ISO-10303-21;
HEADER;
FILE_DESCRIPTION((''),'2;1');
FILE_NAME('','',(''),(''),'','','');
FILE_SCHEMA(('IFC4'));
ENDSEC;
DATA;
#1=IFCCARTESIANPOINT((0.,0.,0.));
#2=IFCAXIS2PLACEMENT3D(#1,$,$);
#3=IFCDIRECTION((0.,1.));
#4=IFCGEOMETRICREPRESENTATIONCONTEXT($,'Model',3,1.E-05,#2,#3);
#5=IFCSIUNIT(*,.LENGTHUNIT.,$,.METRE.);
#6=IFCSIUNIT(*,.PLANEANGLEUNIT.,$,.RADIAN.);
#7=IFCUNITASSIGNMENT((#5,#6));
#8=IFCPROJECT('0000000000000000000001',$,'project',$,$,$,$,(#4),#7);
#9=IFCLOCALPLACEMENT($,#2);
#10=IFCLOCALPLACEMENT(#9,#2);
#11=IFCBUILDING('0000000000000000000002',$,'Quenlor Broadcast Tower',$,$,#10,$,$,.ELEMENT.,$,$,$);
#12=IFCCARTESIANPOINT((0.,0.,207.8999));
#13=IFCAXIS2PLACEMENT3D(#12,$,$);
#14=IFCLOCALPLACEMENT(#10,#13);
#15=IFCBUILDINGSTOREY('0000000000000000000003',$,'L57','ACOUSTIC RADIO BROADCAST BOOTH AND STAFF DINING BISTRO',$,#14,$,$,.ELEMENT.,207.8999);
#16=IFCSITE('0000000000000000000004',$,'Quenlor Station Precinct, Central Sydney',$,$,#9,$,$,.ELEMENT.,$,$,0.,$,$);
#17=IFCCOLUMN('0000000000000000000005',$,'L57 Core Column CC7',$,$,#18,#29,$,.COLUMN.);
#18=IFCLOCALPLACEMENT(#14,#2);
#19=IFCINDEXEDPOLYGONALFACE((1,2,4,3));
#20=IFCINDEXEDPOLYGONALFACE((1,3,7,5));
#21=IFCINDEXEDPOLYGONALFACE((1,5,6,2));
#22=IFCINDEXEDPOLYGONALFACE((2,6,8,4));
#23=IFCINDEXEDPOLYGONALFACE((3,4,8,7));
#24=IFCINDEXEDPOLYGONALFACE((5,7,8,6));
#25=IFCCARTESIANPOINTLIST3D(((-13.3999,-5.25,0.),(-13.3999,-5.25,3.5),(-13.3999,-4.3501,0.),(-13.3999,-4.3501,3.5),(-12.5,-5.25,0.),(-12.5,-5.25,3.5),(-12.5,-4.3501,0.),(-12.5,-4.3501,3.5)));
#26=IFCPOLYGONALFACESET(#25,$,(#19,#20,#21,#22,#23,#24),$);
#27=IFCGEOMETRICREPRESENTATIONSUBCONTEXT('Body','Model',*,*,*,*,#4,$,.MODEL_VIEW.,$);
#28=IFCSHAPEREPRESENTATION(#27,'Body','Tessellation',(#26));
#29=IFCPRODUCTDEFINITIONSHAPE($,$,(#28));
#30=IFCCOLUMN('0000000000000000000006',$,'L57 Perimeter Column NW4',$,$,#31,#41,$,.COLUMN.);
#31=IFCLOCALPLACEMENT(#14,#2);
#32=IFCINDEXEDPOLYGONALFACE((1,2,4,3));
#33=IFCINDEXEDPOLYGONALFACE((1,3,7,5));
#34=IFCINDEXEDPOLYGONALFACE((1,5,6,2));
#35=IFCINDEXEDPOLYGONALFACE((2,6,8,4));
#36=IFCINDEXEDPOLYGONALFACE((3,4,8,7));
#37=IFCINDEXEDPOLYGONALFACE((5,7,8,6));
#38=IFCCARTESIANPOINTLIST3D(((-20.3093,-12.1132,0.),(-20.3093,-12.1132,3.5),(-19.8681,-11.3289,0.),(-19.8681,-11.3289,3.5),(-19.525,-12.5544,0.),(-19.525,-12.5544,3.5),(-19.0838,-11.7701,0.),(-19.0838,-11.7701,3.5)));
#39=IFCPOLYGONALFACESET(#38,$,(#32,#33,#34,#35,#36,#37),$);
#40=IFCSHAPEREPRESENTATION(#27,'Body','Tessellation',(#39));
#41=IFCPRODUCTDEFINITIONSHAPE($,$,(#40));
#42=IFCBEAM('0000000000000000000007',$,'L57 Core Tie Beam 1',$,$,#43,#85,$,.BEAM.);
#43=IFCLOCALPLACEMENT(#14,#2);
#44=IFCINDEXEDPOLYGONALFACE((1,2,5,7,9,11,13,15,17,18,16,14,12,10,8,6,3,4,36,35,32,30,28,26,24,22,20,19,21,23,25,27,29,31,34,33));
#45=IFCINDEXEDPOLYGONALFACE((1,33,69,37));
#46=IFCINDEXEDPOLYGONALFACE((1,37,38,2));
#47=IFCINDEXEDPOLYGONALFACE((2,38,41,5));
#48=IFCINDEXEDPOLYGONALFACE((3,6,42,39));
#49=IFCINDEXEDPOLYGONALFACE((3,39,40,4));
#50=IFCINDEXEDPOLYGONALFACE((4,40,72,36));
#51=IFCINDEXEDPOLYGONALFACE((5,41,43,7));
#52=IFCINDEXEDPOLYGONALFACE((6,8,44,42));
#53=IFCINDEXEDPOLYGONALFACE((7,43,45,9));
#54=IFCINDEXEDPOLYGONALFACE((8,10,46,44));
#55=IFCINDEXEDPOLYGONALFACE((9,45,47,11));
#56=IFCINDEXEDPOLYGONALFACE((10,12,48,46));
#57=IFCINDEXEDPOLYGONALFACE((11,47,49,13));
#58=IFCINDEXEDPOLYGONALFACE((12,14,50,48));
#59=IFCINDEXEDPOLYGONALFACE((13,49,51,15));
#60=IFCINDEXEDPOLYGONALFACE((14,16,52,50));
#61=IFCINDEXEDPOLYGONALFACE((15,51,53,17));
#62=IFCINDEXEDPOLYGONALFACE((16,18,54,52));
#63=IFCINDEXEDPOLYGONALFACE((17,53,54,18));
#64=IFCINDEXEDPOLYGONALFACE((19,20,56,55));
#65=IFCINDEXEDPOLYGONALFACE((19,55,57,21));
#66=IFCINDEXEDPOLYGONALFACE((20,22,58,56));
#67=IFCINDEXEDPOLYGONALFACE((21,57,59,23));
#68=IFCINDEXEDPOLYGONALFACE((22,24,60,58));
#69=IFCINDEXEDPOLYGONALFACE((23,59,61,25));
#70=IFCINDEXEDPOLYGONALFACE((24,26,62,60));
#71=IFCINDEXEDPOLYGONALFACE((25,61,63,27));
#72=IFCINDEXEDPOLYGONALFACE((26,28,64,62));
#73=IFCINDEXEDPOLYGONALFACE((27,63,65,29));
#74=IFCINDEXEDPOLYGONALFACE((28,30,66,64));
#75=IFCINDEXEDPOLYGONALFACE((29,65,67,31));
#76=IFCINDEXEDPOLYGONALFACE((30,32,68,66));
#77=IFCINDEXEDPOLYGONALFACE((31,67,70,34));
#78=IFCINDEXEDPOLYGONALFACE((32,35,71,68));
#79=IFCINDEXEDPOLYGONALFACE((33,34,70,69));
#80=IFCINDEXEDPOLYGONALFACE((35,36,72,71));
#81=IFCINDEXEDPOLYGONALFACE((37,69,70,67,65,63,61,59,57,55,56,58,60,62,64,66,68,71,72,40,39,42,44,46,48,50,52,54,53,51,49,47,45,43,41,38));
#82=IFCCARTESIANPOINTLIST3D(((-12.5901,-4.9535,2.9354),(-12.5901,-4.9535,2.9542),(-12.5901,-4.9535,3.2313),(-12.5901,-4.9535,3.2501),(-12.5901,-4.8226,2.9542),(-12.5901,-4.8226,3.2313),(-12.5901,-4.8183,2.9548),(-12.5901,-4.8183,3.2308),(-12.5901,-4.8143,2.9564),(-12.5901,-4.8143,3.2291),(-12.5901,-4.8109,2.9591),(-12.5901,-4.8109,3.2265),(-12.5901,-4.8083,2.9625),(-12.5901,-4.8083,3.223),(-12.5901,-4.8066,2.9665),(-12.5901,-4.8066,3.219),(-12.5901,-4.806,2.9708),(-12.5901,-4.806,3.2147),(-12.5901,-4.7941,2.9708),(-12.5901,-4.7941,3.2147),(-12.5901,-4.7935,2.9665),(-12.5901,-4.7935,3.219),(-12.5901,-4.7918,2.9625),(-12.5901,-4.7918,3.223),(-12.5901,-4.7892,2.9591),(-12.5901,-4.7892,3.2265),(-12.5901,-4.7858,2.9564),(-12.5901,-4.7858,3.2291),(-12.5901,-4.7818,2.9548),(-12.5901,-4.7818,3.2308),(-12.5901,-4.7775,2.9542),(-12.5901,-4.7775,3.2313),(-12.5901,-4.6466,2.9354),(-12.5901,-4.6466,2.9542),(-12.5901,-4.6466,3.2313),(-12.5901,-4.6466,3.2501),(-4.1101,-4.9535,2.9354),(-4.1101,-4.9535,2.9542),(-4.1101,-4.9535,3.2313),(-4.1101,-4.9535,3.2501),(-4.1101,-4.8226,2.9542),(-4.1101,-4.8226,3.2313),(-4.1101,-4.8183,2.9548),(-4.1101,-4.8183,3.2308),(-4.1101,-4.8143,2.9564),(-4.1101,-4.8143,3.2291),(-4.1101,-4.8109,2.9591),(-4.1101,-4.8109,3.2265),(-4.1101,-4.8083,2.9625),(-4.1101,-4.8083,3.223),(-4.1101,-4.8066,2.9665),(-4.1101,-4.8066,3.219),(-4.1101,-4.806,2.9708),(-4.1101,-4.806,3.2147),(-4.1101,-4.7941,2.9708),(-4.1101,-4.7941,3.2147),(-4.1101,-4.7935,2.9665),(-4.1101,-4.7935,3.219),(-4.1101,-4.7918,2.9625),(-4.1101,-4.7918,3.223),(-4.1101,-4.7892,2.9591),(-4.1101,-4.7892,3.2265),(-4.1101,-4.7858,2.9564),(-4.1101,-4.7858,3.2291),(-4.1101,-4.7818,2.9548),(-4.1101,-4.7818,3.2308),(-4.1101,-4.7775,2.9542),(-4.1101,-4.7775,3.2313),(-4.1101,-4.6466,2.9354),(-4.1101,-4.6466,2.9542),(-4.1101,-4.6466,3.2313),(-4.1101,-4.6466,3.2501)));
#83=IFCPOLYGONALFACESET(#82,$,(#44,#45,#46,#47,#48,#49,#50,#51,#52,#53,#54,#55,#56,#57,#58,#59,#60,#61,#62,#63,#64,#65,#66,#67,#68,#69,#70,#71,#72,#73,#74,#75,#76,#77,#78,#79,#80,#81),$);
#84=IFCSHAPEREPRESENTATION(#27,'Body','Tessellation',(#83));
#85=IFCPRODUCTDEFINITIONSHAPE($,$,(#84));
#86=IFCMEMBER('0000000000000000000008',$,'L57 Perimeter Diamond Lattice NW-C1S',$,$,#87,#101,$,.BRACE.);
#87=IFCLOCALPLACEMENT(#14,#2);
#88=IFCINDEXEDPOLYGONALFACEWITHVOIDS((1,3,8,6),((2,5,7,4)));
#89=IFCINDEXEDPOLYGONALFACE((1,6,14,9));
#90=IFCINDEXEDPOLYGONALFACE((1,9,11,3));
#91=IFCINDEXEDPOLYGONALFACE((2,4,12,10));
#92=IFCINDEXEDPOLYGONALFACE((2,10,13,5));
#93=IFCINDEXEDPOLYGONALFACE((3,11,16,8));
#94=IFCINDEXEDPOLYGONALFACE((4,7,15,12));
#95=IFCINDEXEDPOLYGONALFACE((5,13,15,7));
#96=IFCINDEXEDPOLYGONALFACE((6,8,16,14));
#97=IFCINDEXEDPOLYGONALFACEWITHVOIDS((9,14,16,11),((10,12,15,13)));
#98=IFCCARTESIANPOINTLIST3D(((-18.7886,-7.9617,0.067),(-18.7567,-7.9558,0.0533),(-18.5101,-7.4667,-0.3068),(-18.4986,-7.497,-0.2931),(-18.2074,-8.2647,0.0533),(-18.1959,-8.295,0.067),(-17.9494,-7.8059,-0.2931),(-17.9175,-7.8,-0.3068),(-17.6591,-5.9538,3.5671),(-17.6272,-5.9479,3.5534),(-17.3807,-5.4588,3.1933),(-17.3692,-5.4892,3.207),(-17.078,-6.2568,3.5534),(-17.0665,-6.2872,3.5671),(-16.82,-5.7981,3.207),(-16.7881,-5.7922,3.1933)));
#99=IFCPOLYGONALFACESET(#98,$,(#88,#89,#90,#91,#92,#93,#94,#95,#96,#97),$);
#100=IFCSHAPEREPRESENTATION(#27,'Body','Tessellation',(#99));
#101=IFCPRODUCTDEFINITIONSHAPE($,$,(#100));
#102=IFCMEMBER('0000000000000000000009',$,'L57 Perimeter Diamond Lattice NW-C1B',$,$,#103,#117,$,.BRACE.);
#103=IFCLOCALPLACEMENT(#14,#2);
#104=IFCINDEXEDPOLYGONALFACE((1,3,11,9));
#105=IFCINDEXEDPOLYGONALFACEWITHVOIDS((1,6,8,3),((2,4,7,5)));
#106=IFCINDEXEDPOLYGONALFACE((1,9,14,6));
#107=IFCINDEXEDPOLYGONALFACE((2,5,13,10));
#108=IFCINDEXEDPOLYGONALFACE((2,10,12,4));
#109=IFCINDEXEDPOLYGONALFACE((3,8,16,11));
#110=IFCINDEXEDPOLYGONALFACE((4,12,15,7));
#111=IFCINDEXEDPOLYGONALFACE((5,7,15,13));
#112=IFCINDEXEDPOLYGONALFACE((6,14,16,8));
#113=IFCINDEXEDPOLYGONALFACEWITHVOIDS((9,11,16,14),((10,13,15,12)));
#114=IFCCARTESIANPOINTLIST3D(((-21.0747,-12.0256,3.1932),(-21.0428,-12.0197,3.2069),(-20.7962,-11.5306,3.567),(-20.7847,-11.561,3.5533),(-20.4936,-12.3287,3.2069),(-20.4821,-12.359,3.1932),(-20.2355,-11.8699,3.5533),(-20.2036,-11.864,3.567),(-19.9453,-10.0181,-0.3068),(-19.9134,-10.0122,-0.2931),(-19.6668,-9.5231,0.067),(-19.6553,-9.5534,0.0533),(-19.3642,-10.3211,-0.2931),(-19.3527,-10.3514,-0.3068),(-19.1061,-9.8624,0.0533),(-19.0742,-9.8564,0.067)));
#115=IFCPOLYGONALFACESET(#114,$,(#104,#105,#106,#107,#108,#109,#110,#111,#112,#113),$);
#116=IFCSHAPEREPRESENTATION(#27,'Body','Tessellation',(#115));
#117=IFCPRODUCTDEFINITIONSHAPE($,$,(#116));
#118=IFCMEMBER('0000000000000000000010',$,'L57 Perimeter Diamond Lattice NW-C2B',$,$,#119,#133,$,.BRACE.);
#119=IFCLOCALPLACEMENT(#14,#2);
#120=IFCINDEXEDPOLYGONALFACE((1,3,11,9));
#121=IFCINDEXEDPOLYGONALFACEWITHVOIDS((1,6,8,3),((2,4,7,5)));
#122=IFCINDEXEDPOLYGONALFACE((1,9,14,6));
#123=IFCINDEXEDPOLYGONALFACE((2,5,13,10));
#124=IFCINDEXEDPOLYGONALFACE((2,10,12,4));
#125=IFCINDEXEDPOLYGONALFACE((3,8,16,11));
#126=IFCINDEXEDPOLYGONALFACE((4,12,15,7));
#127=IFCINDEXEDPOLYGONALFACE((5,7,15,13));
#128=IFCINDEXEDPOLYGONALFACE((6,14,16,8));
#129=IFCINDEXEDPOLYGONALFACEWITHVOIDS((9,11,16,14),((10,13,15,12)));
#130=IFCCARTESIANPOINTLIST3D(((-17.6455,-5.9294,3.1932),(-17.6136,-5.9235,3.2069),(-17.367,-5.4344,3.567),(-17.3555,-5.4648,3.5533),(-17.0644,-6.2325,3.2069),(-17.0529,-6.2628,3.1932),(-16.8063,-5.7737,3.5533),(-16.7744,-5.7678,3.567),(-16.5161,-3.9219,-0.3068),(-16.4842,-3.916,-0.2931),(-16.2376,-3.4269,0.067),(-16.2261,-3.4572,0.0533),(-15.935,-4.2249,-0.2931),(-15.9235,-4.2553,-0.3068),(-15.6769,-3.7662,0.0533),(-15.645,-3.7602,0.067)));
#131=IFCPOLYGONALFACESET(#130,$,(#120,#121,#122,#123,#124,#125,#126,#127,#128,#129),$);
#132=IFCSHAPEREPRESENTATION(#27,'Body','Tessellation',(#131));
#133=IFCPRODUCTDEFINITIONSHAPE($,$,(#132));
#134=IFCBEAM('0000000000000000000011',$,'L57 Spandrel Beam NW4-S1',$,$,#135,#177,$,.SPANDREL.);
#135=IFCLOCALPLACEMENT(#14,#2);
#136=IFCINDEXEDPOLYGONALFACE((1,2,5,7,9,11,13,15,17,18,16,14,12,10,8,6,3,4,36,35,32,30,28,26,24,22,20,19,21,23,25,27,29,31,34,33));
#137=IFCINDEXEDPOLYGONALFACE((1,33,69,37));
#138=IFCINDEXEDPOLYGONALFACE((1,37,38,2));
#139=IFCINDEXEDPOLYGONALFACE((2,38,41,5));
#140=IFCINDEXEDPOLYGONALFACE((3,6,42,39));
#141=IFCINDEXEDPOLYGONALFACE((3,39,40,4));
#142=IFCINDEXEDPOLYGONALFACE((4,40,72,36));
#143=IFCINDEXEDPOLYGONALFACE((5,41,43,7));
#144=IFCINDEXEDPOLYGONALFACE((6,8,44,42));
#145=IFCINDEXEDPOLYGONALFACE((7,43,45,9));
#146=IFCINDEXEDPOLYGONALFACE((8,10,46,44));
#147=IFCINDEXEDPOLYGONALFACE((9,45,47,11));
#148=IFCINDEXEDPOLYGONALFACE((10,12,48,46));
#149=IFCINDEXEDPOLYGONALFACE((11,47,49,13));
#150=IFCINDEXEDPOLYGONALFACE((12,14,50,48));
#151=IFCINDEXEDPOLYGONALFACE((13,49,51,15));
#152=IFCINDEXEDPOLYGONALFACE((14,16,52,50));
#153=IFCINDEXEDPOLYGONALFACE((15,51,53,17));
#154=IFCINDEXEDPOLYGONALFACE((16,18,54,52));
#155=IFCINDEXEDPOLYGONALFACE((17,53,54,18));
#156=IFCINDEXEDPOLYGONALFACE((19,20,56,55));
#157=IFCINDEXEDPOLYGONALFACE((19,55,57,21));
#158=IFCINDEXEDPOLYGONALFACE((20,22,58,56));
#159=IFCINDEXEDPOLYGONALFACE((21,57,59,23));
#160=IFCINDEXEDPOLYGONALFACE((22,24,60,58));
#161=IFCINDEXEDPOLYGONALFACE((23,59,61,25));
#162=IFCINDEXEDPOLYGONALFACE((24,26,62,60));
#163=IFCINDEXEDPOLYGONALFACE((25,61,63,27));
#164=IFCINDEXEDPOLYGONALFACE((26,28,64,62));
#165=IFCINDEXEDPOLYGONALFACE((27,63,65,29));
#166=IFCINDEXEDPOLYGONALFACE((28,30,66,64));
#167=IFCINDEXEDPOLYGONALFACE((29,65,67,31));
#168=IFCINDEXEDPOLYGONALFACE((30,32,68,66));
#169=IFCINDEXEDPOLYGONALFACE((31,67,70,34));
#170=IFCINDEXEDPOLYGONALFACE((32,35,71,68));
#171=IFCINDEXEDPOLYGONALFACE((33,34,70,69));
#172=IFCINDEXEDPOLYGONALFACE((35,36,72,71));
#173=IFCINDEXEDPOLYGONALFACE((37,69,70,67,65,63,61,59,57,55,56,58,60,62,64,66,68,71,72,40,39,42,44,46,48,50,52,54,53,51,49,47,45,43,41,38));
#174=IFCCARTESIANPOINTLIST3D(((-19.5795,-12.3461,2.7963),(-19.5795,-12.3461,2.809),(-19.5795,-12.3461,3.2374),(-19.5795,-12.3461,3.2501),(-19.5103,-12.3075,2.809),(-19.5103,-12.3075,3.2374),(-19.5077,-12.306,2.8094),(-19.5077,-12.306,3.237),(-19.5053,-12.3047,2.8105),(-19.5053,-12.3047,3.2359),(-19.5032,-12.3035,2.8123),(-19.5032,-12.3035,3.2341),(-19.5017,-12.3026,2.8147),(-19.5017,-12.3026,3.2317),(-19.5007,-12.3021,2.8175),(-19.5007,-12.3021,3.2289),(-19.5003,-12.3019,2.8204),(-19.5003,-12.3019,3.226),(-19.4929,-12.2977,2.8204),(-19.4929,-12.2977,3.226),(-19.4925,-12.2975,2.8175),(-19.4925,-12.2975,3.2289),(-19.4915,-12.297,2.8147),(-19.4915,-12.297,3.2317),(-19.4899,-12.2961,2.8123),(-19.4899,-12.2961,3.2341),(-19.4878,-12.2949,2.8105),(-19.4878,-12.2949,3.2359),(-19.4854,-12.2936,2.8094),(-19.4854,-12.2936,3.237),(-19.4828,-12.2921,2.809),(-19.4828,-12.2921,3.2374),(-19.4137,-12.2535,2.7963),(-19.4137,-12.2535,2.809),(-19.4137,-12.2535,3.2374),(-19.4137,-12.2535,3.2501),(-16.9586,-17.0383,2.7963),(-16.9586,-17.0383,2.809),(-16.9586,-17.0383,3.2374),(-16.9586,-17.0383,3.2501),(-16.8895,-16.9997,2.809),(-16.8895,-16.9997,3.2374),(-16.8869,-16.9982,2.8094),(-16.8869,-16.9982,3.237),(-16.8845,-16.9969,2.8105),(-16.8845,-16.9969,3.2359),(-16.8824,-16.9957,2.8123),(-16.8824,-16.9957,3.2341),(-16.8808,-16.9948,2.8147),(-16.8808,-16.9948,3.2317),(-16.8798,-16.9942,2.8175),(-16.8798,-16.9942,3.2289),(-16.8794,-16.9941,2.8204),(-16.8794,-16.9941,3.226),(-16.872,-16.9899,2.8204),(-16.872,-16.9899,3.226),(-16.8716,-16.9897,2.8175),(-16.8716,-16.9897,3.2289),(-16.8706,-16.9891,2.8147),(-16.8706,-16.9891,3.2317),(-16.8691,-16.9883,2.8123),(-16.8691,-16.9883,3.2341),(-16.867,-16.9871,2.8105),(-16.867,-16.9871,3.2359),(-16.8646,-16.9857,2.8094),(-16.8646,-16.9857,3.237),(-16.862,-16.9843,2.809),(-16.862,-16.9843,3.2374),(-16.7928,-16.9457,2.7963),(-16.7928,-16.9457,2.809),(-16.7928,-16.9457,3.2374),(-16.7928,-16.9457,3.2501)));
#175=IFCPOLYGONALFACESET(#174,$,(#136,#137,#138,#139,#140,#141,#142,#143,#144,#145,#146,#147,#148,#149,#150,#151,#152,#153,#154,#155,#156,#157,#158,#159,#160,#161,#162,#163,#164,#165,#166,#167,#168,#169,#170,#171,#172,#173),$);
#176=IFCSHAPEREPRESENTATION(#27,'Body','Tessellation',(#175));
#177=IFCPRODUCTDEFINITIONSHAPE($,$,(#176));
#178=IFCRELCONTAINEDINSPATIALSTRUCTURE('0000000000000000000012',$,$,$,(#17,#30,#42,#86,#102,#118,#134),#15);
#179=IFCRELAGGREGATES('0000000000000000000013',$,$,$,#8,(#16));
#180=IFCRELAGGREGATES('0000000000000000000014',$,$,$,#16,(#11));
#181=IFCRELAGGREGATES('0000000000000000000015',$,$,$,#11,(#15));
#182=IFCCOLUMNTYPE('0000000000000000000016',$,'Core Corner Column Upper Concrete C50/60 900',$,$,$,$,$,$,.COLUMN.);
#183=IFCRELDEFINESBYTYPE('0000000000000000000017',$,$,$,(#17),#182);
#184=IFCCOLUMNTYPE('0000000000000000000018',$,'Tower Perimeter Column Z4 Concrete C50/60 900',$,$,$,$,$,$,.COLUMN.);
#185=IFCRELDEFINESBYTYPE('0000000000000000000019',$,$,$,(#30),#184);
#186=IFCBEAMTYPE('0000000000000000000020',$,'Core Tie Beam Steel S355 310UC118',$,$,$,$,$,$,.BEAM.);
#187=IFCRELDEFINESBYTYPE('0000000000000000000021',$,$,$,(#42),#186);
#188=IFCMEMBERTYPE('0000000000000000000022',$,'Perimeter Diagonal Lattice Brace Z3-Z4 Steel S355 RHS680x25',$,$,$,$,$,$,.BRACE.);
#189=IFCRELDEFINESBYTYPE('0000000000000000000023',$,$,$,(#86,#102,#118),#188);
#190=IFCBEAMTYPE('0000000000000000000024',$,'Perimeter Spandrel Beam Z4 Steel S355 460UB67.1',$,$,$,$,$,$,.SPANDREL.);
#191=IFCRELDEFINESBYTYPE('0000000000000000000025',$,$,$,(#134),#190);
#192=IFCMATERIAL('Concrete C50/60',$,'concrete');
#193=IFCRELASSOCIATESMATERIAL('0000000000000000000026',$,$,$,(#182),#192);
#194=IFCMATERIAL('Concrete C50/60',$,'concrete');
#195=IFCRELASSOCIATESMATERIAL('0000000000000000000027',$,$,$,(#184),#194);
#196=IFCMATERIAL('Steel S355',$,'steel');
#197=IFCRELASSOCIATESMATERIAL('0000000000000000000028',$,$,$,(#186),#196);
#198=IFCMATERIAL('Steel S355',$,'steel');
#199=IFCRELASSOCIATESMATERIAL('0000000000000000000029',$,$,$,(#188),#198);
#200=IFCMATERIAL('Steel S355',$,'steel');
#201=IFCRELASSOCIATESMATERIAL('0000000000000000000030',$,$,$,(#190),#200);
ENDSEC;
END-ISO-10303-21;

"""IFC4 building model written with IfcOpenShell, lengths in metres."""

from ifc_helpers import new_model, si_unit, direction, frame, origin, origin_2d, place, context, subcontext, project, spatial, rectangle, hollow_rectangle, i_section, extrude, material, material_profile, profile_set, type_object, element, save


model = new_model("IFC4")

# Units and contexts
model_context = context("Model", 3, precision=1e-05, world=origin(), true_north=direction((0.0, 1.0)))
body_context = subcontext(model_context, "Body", "Model", "MODEL_VIEW")
ifc_project = project(units=[si_unit("LENGTHUNIT", "METRE"), si_unit("PLANEANGLEUNIT", "RADIAN")], contexts=[model_context])

# Site, building, storey
site_placement = place(None, origin())
site = spatial("IfcSite", under=ifc_project, at=site_placement, Name="Quenlor Station Precinct, Central Sydney", CompositionType="ELEMENT", RefElevation=0.0)
building_placement = place(site_placement, origin())
building = spatial("IfcBuilding", under=site, at=building_placement, Name="Quenlor Broadcast Tower", CompositionType="ELEMENT")
storey_placement = place(building_placement, frame((0.0, 0.0, 207.8999)))
storey = spatial("IfcBuildingStorey", under=building, at=storey_placement, Name="L57", Description="ACOUSTIC RADIO BROADCAST BOOTH AND STAFF DINING BISTRO", CompositionType="ELEMENT", Elevation=207.8999)

# Columns
ifc_material_1 = material(Name="Concrete C50/60", Category="concrete")
ifc_material_profile_1 = material_profile(ifc_material_1, rectangle(XDim=0.8999, YDim=0.8999, at=origin_2d()))
ifc_profile_set_1 = profile_set([ifc_material_profile_1], Name="Concrete C50/60 RC900x900")
column_type_1 = type_object("IfcColumnType", Name="Core Corner Column Upper Concrete C50/60 900", PredefinedType="COLUMN", material=ifc_profile_set_1)
column_1_placement = place(storey_placement, frame((-12.95, -4.8, 0.0), z_axis=(0.0, 0.0, 1.0), x_axis=(1.0, 0.0, 0.0)))
element("IfcColumn", 1, at=column_1_placement, inside=storey, type_object=column_type_1, Name="L57 Core Column CC7", PredefinedType="COLUMN", context=body_context, shape_type="SweptSolid", body=[
    extrude(rectangle(XDim=0.8999, YDim=0.8999, at=origin_2d()), origin(), (0.0, 0.0, 1.0), 3.5),
])
ifc_material_2 = material(Name="Concrete C50/60", Category="concrete")
ifc_material_profile_2 = material_profile(ifc_material_2, rectangle(XDim=0.8999, YDim=0.8999, at=origin_2d()))
ifc_profile_set_2 = profile_set([ifc_material_profile_2], Name="Concrete C50/60 RC900x900")
column_type_2 = type_object("IfcColumnType", Name="Tower Perimeter Column Z4 Concrete C50/60 900", PredefinedType="COLUMN", material=ifc_profile_set_2)
column_2_placement = place(storey_placement, frame((-19.6965, -11.9417, 0.0), z_axis=(0.0, 0.0, 1.0), x_axis=(-0.871575, 0.490262, 0.0)))
element("IfcColumn", 2, at=column_2_placement, inside=storey, type_object=column_type_2, Name="L57 Perimeter Column NW4", PredefinedType="COLUMN", context=body_context, shape_type="SweptSolid", body=[
    extrude(rectangle(XDim=0.8999, YDim=0.8999, at=origin_2d()), origin(), (0.0, 0.0, 1.0), 3.5),
])

# Beam
ifc_material_3 = material(Name="Steel S355", Category="steel")
ifc_material_profile_3 = material_profile(ifc_material_3, i_section(OverallWidth=0.3069, OverallDepth=0.3147, WebThickness=0.012, FlangeThickness=0.0188, FilletRadius=0.0166, at=origin_2d()))
ifc_profile_set_3 = profile_set([ifc_material_profile_3], Name="Steel S355 310UC118")
beam_type_1 = type_object("IfcBeamType", Name="Core Tie Beam Steel S355 310UC118", PredefinedType="BEAM", material=ifc_profile_set_3)
beam_1_placement = place(storey_placement, frame((-12.5901, -4.8, 3.0928), z_axis=(1.0, 0.0, 0.0), x_axis=(0.0, 1.0, 0.0)))
element("IfcBeam", 3, at=beam_1_placement, inside=storey, type_object=beam_type_1, Name="L57 Core Tie Beam 1", PredefinedType="BEAM", context=body_context, shape_type="SweptSolid", body=[
    extrude(i_section(OverallWidth=0.3069, OverallDepth=0.3147, WebThickness=0.012, FlangeThickness=0.0188, FilletRadius=0.0166, at=origin_2d()), origin(), (0.0, 0.0, 1.0), 8.48),
])

# Members
ifc_material_4 = material(Name="Steel S355", Category="steel")
ifc_material_profile_4 = material_profile(ifc_material_4, hollow_rectangle(XDim=0.6799, YDim=0.6799, WallThickness=0.0249, at=origin_2d()))
ifc_profile_set_4 = profile_set([ifc_material_profile_4], Name="Steel S355 RHS680x680x25")
member_type = type_object("IfcMemberType", Name="Perimeter Diagonal Lattice Brace Z3-Z4 Steel S355 RHS680x25", PredefinedType="BRACE", material=ifc_profile_set_4)
member_placement = place(storey_placement, frame((-18.353, -7.8809, -0.1199), z_axis=(0.26954, 0.479181, 0.835305), x_axis=(-0.871576, 0.490261, 0.0)))
element("IfcMember", 4, at=member_placement, inside=storey, type_object=member_type, Name="L57 Perimeter Diamond Lattice NW-C1S", PredefinedType="BRACE", context=body_context, shape_type="SweptSolid", body=[
    extrude(hollow_rectangle(XDim=0.6799, YDim=0.6799, WallThickness=0.0249, at=origin_2d()), origin(), (0.0, 0.0, 1.0), 4.1902),
])
for number, where, z_axis, x_axis, name in (
    (5, (-19.5098, -9.9373, -0.1199), (-0.269547, -0.479136, 0.835328), (0.87155, -0.490307, 0.0), "L57 Perimeter Diamond Lattice NW-C1B"),
    (6, (-16.0806, -3.8411, -0.1199), (-0.269547, -0.479136, 0.835328), (0.87155, -0.490307, 0.0), "L57 Perimeter Diamond Lattice NW-C2B"),
):
    element("IfcMember", number, at=place(storey_placement, frame(where, z_axis=z_axis, x_axis=x_axis)), inside=storey, type_object=member_type, Name=name, PredefinedType="BRACE", context=body_context, shape_type="SweptSolid", body=[
        extrude(hollow_rectangle(XDim=0.6799, YDim=0.6799, WallThickness=0.0249, at=origin_2d()), origin(), (0.0, 0.0, 1.0), 4.1899),
    ])

# Beam
ifc_material_5 = material(Name="Steel S355", Category="steel")
ifc_material_profile_5 = material_profile(ifc_material_5, i_section(OverallWidth=0.1899, OverallDepth=0.4539, WebThickness=0.0085, FlangeThickness=0.0127, FilletRadius=0.0115, at=origin_2d()))
ifc_profile_set_5 = profile_set([ifc_material_profile_5], Name="Steel S355 460UB67.1")
beam_type_2 = type_object("IfcBeamType", Name="Perimeter Spandrel Beam Z4 Steel S355 460UB67.1", PredefinedType="SPANDREL", material=ifc_profile_set_5)
beam_2_placement = place(storey_placement, frame((-19.4966, -12.2998, 3.0232), z_axis=(0.487647, -0.873041, 0.0), x_axis=(0.873041, 0.487647, 0.0)))
element("IfcBeam", 7, at=beam_2_placement, inside=storey, type_object=beam_type_2, Name="L57 Spandrel Beam NW4-S1", PredefinedType="SPANDREL", context=body_context, shape_type="SweptSolid", body=[
    extrude(i_section(OverallWidth=0.1899, OverallDepth=0.4539, WebThickness=0.0085, FlangeThickness=0.0127, FilletRadius=0.0115, at=origin_2d()), origin(), (0.0, 0.0, 1.0), 5.3745),
])

save(model, "model.ifc")
